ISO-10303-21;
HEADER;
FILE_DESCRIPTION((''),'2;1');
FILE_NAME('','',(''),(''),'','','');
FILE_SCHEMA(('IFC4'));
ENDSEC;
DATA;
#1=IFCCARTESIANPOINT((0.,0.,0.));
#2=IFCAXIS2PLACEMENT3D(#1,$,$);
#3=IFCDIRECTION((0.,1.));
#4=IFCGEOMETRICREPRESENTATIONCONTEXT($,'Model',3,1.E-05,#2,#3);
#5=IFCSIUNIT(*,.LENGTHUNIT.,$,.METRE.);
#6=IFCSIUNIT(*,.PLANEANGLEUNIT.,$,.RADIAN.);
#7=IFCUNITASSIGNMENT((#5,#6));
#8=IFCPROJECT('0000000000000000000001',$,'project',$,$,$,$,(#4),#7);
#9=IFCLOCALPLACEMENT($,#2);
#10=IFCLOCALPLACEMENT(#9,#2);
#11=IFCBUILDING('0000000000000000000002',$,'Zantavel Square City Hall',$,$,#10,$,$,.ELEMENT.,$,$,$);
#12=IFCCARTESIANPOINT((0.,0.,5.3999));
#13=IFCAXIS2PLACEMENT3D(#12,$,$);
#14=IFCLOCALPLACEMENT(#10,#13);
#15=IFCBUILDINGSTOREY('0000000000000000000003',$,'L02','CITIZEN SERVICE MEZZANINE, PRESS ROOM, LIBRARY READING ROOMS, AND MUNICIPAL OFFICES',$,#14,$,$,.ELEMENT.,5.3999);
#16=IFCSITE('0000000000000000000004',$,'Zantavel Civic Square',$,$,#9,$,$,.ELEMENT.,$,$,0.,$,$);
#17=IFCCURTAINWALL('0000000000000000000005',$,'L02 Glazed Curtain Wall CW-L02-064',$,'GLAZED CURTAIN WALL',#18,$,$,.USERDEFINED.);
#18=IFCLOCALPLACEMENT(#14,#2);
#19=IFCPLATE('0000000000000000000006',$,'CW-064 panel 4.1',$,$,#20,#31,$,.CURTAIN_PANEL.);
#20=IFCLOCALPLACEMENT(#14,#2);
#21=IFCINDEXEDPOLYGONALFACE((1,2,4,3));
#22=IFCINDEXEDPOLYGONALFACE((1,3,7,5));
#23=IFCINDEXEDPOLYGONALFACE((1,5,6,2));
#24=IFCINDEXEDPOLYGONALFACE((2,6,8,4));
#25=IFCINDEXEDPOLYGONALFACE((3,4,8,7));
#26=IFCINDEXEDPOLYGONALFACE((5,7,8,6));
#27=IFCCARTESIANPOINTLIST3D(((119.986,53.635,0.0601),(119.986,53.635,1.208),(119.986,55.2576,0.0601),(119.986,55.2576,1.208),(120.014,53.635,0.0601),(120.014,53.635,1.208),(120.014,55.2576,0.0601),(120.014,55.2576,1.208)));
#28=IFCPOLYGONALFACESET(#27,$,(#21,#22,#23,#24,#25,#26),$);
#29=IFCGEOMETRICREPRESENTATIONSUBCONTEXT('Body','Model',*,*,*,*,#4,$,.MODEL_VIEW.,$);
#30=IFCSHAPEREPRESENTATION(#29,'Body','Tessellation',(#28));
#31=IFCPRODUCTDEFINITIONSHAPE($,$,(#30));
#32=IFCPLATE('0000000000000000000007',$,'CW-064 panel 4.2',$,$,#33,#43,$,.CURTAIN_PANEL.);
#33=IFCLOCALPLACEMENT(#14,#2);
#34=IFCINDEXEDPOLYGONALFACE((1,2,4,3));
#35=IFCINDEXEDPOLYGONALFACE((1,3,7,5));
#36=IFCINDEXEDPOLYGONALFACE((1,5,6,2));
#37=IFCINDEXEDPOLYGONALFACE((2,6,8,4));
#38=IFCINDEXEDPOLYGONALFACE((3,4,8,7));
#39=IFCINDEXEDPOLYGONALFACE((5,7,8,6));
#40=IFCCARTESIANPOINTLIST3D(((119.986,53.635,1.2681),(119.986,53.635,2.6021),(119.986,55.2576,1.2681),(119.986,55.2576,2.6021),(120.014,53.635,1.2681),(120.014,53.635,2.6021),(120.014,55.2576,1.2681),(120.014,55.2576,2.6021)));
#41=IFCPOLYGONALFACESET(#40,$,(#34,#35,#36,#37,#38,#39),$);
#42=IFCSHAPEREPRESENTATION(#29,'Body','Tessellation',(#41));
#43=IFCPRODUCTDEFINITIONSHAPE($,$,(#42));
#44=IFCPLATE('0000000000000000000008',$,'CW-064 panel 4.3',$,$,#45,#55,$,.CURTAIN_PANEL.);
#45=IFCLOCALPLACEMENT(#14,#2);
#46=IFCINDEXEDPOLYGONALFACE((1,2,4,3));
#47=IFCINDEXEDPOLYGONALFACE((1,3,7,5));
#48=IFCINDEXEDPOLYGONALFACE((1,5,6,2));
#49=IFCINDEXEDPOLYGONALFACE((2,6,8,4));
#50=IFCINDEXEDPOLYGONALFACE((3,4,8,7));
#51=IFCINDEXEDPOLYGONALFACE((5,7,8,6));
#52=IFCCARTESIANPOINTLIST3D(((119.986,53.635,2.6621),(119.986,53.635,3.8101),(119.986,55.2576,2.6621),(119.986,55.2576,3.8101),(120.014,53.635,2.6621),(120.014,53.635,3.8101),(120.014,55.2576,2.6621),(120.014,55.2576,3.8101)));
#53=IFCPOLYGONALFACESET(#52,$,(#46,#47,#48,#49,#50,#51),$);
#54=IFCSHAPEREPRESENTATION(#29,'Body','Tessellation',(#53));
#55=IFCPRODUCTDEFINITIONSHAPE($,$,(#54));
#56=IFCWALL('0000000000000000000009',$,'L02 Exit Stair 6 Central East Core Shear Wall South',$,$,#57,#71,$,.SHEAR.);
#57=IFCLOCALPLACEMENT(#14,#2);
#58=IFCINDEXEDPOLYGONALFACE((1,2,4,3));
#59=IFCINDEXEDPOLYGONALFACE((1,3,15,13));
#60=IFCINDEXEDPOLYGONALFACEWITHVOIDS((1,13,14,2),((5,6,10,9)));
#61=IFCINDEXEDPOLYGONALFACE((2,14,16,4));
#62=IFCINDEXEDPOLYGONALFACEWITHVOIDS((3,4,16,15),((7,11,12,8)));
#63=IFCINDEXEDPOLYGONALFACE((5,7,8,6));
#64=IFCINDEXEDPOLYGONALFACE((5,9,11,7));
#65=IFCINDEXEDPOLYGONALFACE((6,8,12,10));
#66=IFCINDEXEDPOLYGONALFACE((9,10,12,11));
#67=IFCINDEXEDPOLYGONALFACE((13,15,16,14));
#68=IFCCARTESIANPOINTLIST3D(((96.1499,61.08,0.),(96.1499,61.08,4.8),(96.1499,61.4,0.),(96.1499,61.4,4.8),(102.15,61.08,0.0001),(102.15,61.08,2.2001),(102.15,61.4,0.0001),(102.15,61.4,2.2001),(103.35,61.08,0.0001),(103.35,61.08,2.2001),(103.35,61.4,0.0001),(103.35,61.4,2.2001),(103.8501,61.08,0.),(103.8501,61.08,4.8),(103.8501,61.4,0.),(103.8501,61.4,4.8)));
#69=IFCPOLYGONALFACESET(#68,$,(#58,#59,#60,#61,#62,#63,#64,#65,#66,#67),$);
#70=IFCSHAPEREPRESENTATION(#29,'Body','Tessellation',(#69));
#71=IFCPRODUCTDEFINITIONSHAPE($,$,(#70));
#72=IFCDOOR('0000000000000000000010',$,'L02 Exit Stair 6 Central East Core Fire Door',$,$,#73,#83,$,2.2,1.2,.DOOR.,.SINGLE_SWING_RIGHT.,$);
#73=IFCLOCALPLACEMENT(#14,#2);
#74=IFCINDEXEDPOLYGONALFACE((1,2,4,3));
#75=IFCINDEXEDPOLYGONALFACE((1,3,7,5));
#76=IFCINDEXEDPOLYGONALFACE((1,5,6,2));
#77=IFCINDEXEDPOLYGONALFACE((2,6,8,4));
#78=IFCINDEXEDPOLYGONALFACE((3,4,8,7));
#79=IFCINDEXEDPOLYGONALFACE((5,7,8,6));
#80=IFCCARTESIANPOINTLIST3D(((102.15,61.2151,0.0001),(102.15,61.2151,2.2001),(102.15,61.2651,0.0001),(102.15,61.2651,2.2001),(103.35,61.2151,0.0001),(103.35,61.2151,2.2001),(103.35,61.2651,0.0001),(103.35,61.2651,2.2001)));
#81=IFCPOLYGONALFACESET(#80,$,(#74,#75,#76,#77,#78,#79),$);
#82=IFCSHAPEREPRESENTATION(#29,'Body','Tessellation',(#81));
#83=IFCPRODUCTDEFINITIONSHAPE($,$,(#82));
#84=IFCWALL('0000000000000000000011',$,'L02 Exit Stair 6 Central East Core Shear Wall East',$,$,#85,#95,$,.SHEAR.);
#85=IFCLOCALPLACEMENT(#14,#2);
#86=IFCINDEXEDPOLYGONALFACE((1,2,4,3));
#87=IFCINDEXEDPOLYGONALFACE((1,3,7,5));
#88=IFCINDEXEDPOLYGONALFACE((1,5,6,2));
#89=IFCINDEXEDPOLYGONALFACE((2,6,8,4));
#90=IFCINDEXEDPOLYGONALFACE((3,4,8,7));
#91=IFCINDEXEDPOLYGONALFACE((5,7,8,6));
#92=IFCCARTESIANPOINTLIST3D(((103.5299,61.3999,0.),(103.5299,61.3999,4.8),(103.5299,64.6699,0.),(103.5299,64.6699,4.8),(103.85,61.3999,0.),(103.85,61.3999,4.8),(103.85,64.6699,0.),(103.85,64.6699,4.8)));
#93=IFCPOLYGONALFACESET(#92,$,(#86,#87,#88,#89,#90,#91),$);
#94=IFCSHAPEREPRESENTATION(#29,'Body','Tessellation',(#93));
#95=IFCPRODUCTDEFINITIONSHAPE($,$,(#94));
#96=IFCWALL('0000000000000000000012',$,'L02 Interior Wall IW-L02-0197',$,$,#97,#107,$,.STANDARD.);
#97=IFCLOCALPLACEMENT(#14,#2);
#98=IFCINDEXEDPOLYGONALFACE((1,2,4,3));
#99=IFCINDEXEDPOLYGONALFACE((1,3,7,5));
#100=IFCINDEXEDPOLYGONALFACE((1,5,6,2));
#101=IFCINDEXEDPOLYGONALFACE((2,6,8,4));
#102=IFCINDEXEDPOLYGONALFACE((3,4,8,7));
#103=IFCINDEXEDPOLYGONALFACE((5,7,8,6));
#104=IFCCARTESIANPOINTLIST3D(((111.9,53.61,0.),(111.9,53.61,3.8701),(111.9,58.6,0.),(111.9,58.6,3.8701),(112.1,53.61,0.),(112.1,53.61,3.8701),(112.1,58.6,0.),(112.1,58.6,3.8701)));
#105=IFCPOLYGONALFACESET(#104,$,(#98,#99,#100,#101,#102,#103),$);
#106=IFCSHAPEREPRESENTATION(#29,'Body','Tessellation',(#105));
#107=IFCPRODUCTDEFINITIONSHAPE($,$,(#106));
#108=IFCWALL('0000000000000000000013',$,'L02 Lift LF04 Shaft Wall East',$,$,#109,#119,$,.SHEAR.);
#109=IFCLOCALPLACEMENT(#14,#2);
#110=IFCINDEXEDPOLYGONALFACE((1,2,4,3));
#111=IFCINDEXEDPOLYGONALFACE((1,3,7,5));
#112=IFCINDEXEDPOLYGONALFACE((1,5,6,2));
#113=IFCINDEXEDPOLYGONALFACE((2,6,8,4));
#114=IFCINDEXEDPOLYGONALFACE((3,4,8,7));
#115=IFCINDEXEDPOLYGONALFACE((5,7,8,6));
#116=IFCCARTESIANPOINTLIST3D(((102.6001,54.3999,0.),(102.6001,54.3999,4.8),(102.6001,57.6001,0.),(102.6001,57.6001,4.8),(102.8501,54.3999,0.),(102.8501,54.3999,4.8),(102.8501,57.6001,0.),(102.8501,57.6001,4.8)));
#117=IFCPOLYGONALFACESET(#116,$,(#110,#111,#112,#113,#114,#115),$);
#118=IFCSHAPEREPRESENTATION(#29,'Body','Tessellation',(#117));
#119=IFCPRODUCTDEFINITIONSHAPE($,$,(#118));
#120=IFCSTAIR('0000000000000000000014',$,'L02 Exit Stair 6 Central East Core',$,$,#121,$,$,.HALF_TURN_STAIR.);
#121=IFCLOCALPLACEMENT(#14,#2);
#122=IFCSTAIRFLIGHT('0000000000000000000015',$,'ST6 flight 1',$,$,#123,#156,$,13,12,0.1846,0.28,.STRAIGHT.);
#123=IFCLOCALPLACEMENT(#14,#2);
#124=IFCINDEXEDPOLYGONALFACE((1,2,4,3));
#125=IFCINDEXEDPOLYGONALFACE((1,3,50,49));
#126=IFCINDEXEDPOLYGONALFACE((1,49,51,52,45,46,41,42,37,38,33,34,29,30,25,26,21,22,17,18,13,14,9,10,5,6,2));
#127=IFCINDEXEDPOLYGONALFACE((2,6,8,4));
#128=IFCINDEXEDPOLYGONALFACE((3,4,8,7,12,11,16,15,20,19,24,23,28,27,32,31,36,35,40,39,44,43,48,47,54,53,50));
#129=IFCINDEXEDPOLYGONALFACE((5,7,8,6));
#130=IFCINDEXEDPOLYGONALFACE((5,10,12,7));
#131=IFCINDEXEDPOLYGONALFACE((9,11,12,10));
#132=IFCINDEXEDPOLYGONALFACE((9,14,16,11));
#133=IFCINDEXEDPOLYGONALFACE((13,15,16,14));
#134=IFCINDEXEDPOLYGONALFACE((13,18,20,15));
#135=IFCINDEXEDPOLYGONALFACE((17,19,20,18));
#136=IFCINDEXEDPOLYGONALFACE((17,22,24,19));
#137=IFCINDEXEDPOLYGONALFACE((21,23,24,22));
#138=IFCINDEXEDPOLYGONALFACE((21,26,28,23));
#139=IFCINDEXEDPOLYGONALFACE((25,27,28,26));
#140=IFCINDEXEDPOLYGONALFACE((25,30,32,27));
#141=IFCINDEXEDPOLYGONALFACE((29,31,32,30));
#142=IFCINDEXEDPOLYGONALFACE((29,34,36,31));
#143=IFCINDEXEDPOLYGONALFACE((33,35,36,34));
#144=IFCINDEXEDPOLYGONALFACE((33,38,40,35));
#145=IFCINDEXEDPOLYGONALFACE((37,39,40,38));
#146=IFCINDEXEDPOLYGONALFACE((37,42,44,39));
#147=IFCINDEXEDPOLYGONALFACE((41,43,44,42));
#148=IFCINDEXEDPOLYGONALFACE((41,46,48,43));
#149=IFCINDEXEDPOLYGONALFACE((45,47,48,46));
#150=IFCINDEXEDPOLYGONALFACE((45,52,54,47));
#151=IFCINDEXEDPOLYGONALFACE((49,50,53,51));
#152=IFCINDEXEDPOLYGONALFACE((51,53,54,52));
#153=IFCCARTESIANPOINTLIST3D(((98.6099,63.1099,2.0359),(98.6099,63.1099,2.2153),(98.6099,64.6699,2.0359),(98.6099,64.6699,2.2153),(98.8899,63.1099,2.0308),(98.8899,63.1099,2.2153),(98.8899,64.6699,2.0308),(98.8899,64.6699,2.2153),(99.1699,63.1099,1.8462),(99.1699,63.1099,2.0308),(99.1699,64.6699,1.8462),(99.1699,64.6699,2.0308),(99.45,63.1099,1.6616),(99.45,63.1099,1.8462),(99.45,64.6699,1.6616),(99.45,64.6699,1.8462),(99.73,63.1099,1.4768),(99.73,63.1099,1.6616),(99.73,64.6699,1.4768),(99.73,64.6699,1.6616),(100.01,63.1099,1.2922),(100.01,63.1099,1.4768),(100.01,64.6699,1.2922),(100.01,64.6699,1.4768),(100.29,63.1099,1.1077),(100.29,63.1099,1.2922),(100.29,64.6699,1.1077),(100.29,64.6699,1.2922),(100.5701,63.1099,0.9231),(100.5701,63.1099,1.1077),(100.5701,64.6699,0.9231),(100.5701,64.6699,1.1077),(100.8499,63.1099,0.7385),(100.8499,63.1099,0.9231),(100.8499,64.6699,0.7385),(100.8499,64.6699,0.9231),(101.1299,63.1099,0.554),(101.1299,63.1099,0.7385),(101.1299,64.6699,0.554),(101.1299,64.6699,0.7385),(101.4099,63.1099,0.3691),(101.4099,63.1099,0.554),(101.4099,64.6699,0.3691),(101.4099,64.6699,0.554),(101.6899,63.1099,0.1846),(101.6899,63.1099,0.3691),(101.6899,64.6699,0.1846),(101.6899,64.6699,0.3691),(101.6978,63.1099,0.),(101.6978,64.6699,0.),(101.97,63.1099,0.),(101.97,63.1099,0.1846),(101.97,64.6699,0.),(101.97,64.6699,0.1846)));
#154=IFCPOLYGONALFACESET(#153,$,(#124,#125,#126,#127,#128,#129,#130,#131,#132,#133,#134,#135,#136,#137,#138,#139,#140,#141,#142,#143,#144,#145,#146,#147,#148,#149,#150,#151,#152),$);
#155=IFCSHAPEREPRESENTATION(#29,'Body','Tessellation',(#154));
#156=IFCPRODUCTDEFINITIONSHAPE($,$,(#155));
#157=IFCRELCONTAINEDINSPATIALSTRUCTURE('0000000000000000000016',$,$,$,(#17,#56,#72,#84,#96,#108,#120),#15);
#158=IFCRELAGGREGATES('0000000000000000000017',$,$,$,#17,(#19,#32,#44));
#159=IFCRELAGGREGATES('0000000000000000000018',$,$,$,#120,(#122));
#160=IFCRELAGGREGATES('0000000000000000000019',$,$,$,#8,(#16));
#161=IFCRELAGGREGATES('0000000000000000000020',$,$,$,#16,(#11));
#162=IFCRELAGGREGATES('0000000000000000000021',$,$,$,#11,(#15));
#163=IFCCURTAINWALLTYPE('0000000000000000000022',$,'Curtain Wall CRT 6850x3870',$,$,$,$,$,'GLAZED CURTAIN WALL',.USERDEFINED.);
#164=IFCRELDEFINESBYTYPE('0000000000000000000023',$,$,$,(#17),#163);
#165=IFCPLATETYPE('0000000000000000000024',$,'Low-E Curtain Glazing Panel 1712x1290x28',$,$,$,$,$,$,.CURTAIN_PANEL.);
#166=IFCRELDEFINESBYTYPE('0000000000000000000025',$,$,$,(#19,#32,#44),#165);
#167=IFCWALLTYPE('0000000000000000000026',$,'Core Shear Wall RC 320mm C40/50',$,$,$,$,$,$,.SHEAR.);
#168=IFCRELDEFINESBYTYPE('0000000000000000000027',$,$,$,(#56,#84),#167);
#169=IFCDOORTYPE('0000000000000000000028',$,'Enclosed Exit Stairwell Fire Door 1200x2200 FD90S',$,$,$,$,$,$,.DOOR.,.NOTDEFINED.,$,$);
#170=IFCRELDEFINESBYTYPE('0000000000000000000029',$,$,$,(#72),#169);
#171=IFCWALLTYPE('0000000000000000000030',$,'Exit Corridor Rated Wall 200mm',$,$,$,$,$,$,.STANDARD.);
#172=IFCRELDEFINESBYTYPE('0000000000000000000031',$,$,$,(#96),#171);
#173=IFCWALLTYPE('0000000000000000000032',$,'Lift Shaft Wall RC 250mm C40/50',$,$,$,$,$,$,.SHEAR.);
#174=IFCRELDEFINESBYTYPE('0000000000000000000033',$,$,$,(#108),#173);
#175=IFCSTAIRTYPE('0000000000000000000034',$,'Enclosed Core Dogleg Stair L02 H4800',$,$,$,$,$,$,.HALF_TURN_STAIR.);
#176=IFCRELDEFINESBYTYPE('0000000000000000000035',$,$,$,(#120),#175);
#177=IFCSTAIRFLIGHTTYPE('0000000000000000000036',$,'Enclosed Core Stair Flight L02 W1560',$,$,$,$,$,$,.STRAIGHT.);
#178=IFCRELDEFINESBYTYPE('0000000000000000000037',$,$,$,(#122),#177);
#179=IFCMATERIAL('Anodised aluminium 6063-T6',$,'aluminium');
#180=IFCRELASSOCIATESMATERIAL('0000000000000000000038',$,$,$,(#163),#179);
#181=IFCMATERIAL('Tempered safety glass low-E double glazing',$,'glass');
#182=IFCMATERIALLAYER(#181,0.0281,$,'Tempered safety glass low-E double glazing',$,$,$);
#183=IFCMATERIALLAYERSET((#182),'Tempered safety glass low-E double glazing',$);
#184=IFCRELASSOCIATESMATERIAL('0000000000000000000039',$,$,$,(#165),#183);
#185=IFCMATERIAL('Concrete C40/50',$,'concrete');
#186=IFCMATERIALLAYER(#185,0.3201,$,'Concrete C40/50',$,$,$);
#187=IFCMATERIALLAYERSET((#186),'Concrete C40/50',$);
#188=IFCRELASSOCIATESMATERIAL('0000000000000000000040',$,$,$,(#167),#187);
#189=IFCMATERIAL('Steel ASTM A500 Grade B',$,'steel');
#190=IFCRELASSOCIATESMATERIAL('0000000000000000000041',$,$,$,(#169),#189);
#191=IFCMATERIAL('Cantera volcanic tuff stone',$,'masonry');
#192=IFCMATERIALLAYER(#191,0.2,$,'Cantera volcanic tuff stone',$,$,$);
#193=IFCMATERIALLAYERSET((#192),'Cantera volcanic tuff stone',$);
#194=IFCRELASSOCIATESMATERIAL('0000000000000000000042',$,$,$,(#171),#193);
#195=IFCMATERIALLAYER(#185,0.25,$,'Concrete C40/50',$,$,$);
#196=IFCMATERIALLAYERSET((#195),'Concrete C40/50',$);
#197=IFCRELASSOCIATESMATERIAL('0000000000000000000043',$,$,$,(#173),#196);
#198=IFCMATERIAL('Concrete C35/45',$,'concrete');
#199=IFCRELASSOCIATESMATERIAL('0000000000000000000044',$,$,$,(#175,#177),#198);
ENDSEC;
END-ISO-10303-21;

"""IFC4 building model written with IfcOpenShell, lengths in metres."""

from ifc_helpers import new_model, si_unit, direction, frame, frame_2d, origin, origin_2d, place, context, subcontext, project, spatial, polyline, rectangle, outline, extrude, material, layer, layer_set, type_object, element, fill, aggregate, save


model = new_model("IFC4")

# Units and contexts
model_context = context("Model", 3, precision=1e-05, world=origin(), true_north=direction((0.0, 1.0)))
body_context = subcontext(model_context, "Body", "Model", "MODEL_VIEW")
ifc_project = project(units=[si_unit("LENGTHUNIT", "METRE"), si_unit("PLANEANGLEUNIT", "RADIAN")], contexts=[model_context])

# Site, building, storey
site_placement = place(None, origin())
site = spatial("IfcSite", under=ifc_project, at=site_placement, Name="Zantavel Civic Square", CompositionType="ELEMENT", RefElevation=0.0)
building_placement = place(site_placement, origin())
building = spatial("IfcBuilding", under=site, at=building_placement, Name="Zantavel Square City Hall", CompositionType="ELEMENT")
storey_placement = place(building_placement, frame((0.0, 0.0, 5.3999)))
storey = spatial("IfcBuildingStorey", under=building, at=storey_placement, Name="L02", Description="CITIZEN SERVICE MEZZANINE, PRESS ROOM, LIBRARY READING ROOMS, AND MUNICIPAL OFFICES", CompositionType="ELEMENT", Elevation=5.3999)

# Shared definitions
ifc_material_1 = material(Name="Concrete C40/50", Category="concrete")

# Shared definitions
ifc_material_2 = material(Name="Concrete C35/45", Category="concrete")

# Curtain wall, plates
ifc_material_3 = material(Name="Anodised aluminium 6063-T6", Category="aluminium")
curtain_wall_type = type_object("IfcCurtainWallType", Name="Curtain Wall CRT 6850x3870", ElementType="GLAZED CURTAIN WALL", PredefinedType="USERDEFINED", material=ifc_material_3)
curtain_wall_placement = place(storey_placement, origin())
curtain_wall = element("IfcCurtainWall", 1, at=curtain_wall_placement, inside=storey, type_object=curtain_wall_type, Name="L02 Glazed Curtain Wall CW-L02-064", ObjectType="GLAZED CURTAIN WALL", PredefinedType="USERDEFINED")
ifc_material_4 = material(Name="Tempered safety glass low-E double glazing", Category="glass")
ifc_layer_1 = layer(ifc_material_4, 0.0281, Name="Tempered safety glass low-E double glazing")
ifc_layer_set_1 = layer_set([ifc_layer_1], Name="Tempered safety glass low-E double glazing")
plate_type = type_object("IfcPlateType", Name="Low-E Curtain Glazing Panel 1712x1290x28", PredefinedType="CURTAIN_PANEL", material=ifc_layer_set_1)
plate_1_placement = place(storey_placement, frame((120.0, 54.4463, 0.0601), z_axis=(0.0, 0.0, 1.0), x_axis=(0.0, -1.0, 0.0)))
plate_1 = element("IfcPlate", 2, at=plate_1_placement, type_object=plate_type, Name="CW-064 panel 4.1", PredefinedType="CURTAIN_PANEL", context=body_context, shape_type="SweptSolid", body=[
    extrude(rectangle(XDim=1.6226, YDim=0.0281, at=origin_2d()), origin(), (0.0, 0.0, 1.0), 1.1479),
])
plate_2_placement = place(storey_placement, frame((120.0, 54.4463, 1.2681), z_axis=(0.0, 0.0, 1.0), x_axis=(0.0, -1.0, 0.0)))
plate_2 = element("IfcPlate", 3, at=plate_2_placement, type_object=plate_type, Name="CW-064 panel 4.2", PredefinedType="CURTAIN_PANEL", context=body_context, shape_type="SweptSolid", body=[
    extrude(rectangle(XDim=1.6226, YDim=0.0281, at=origin_2d()), origin(), (0.0, 0.0, 1.0), 1.334),
])
plate_3_placement = place(storey_placement, frame((120.0, 54.4463, 2.6621), z_axis=(0.0, 0.0, 1.0), x_axis=(0.0, -1.0, 0.0)))
plate_3 = element("IfcPlate", 4, at=plate_3_placement, type_object=plate_type, Name="CW-064 panel 4.3", PredefinedType="CURTAIN_PANEL", context=body_context, shape_type="SweptSolid", body=[
    extrude(rectangle(XDim=1.6226, YDim=0.0281, at=origin_2d()), origin(), (0.0, 0.0, 1.0), 1.1479),
])
aggregate(curtain_wall, [plate_1, plate_2, plate_3])

# Wall, opening, door
ifc_layer_2 = layer(ifc_material_1, 0.3201, Name="Concrete C40/50")
ifc_layer_set_2 = layer_set([ifc_layer_2], Name="Concrete C40/50")
wall_type_1 = type_object("IfcWallType", Name="Core Shear Wall RC 320mm C40/50", PredefinedType="SHEAR", material=ifc_layer_set_2)
wall_1_placement = place(storey_placement, frame((103.8501, 61.24, 0.0), z_axis=(0.0, 0.0, 1.0), x_axis=(-1.0, 0.0, 0.0)))
wall_1 = element("IfcWall", 5, at=wall_1_placement, inside=storey, type_object=wall_type_1, Name="L02 Exit Stair 6 Central East Core Shear Wall South", PredefinedType="SHEAR", context=body_context, shape_type="SweptSolid", body=[
    extrude(rectangle(XDim=7.7002, YDim=0.3201, at=frame_2d((3.8501, 0.0))), origin(), (0.0, 0.0, 1.0), 4.8),
])
opening_1_placement = place(wall_1_placement, frame((0.5, 0.0, 0.0)))
opening_1 = element("IfcOpeningElement", 6, at=opening_1_placement, cuts=wall_1, PredefinedType="OPENING", context=body_context, shape_type="SweptSolid", body=[
    extrude(rectangle(XDim=1.2, YDim=2.2, at=frame_2d((0.6001, 1.1001))), frame((0.0, 0.1699, 0.0), z_axis=(0.0, -1.0, 0.0), x_axis=(1.0, 0.0, 0.0)), (0.0, 0.0, 1.0), 0.3401),
])
ifc_material_5 = material(Name="Steel ASTM A500 Grade B", Category="steel")
door_type_1 = type_object("IfcDoorType", Name="Enclosed Exit Stairwell Fire Door 1200x2200 FD90S", OperationType="NOTDEFINED", PredefinedType="DOOR", material=ifc_material_5)
door_1_placement = place(opening_1_placement, origin())
door_1 = element("IfcDoor", 7, at=door_1_placement, inside=storey, type_object=door_type_1, Name="L02 Exit Stair 6 Central East Core Fire Door", OperationType="SINGLE_SWING_RIGHT", OverallHeight=2.2, OverallWidth=1.2, PredefinedType="DOOR", context=body_context, shape_type="SweptSolid", body=[
    extrude(rectangle(XDim=1.2, YDim=2.2, at=frame_2d((0.6001, 1.1001))), frame((0.0, 0.0249, 0.0), z_axis=(0.0, -1.0, 0.0), x_axis=(1.0, 0.0, 0.0)), (0.0, 0.0, 1.0), 0.05),
])
fill(opening_1, door_1)

# Walls
wall_2_placement = place(storey_placement, frame((103.6899, 64.6699, 0.0), z_axis=(0.0, 0.0, 1.0), x_axis=(0.0, -1.0, 0.0)))
element("IfcWall", 8, at=wall_2_placement, inside=storey, type_object=wall_type_1, Name="L02 Exit Stair 6 Central East Core Shear Wall East", PredefinedType="SHEAR", context=body_context, shape_type="SweptSolid", body=[
    extrude(rectangle(XDim=3.27, YDim=0.3201, at=frame_2d((1.635, 0.0))), origin(), (0.0, 0.0, 1.0), 4.8),
])
ifc_material_6 = material(Name="Cantera volcanic tuff stone", Category="masonry")
ifc_layer_3 = layer(ifc_material_6, 0.2, Name="Cantera volcanic tuff stone")
ifc_layer_set_3 = layer_set([ifc_layer_3], Name="Cantera volcanic tuff stone")
wall_type_2 = type_object("IfcWallType", Name="Exit Corridor Rated Wall 200mm", PredefinedType="STANDARD", material=ifc_layer_set_3)
wall_3_placement = place(storey_placement, frame((112.0, 58.6001, 0.0), z_axis=(0.0, 0.0, 1.0), x_axis=(0.0, -1.0, 0.0)))
element("IfcWall", 9, at=wall_3_placement, inside=storey, type_object=wall_type_2, Name="L02 Interior Wall IW-L02-0197", PredefinedType="STANDARD", context=body_context, shape_type="SweptSolid", body=[
    extrude(rectangle(XDim=4.99, YDim=0.2, at=frame_2d((2.4951, 0.0))), origin(), (0.0, 0.0, 1.0), 3.8701),
])

# Wall
ifc_layer_4 = layer(ifc_material_1, 0.25, Name="Concrete C40/50")
ifc_layer_set_4 = layer_set([ifc_layer_4], Name="Concrete C40/50")
wall_type_3 = type_object("IfcWallType", Name="Lift Shaft Wall RC 250mm C40/50", PredefinedType="SHEAR", material=ifc_layer_set_4)
wall_4_placement = place(storey_placement, frame((102.7251, 57.6001, 0.0), z_axis=(0.0, 0.0, 1.0), x_axis=(0.0, -1.0, 0.0)))
element("IfcWall", 10, at=wall_4_placement, inside=storey, type_object=wall_type_3, Name="L02 Lift LF04 Shaft Wall East", PredefinedType="SHEAR", context=body_context, shape_type="SweptSolid", body=[
    extrude(rectangle(XDim=3.2002, YDim=0.25, at=frame_2d((1.6001, 0.0))), origin(), (0.0, 0.0, 1.0), 4.8),
])

# Stair, stair flight
stair_type = type_object("IfcStairType", Name="Enclosed Core Dogleg Stair L02 H4800", PredefinedType="HALF_TURN_STAIR", material=ifc_material_2)
stair_placement = place(storey_placement, origin())
stair = element("IfcStair", 11, at=stair_placement, inside=storey, type_object=stair_type, Name="L02 Exit Stair 6 Central East Core", PredefinedType="HALF_TURN_STAIR")
stair_flight_type = type_object("IfcStairFlightType", Name="Enclosed Core Stair Flight L02 W1560", PredefinedType="STRAIGHT", material=ifc_material_2)
stair_flight_placement = place(storey_placement, frame((101.97, 63.8899, 0.0), z_axis=(0.0, 0.0, 1.0), x_axis=(-1.0, 0.0, 0.0)))
stair_flight = element("IfcStairFlight", 12, at=stair_flight_placement, type_object=stair_flight_type, Name="ST6 flight 1", NumberOfRisers=13, NumberOfTreads=12, PredefinedType="STRAIGHT", RiserHeight=0.1846, TreadLength=0.28, context=body_context, shape_type="SweptSolid", body=[
    extrude(outline(polyline([(0.0, 0.0), (0.0, 0.1846), (0.28, 0.1846), (0.28, 0.3691), (0.5601, 0.3691), (0.5601, 0.554), (0.8401, 0.554), (0.8401, 0.7385), (1.1201, 0.7385), (1.1201, 0.9231), (1.3999, 0.9231), (1.3999, 1.1077), (1.6799, 1.1077), (1.6799, 1.2922), (1.96, 1.2922), (1.96, 1.4768), (2.24, 1.4768), (2.24, 1.6616), (2.52, 1.6616), (2.52, 1.8462), (2.8, 1.8462), (2.8, 2.0308), (3.0801, 2.0308), (3.0801, 2.2153), (3.3601, 2.2153), (3.3601, 2.3999), (3.3601, 2.0359), (0.2722, 0.0), (0.0, 0.0)])), frame((0.0, 0.78, 0.0), z_axis=(0.0, -1.0, 0.0), x_axis=(1.0, 0.0, 0.0)), (0.0, 0.0, 1.0), 1.5601),
])
aggregate(stair, [stair_flight])

save(model, "model.ifc")
